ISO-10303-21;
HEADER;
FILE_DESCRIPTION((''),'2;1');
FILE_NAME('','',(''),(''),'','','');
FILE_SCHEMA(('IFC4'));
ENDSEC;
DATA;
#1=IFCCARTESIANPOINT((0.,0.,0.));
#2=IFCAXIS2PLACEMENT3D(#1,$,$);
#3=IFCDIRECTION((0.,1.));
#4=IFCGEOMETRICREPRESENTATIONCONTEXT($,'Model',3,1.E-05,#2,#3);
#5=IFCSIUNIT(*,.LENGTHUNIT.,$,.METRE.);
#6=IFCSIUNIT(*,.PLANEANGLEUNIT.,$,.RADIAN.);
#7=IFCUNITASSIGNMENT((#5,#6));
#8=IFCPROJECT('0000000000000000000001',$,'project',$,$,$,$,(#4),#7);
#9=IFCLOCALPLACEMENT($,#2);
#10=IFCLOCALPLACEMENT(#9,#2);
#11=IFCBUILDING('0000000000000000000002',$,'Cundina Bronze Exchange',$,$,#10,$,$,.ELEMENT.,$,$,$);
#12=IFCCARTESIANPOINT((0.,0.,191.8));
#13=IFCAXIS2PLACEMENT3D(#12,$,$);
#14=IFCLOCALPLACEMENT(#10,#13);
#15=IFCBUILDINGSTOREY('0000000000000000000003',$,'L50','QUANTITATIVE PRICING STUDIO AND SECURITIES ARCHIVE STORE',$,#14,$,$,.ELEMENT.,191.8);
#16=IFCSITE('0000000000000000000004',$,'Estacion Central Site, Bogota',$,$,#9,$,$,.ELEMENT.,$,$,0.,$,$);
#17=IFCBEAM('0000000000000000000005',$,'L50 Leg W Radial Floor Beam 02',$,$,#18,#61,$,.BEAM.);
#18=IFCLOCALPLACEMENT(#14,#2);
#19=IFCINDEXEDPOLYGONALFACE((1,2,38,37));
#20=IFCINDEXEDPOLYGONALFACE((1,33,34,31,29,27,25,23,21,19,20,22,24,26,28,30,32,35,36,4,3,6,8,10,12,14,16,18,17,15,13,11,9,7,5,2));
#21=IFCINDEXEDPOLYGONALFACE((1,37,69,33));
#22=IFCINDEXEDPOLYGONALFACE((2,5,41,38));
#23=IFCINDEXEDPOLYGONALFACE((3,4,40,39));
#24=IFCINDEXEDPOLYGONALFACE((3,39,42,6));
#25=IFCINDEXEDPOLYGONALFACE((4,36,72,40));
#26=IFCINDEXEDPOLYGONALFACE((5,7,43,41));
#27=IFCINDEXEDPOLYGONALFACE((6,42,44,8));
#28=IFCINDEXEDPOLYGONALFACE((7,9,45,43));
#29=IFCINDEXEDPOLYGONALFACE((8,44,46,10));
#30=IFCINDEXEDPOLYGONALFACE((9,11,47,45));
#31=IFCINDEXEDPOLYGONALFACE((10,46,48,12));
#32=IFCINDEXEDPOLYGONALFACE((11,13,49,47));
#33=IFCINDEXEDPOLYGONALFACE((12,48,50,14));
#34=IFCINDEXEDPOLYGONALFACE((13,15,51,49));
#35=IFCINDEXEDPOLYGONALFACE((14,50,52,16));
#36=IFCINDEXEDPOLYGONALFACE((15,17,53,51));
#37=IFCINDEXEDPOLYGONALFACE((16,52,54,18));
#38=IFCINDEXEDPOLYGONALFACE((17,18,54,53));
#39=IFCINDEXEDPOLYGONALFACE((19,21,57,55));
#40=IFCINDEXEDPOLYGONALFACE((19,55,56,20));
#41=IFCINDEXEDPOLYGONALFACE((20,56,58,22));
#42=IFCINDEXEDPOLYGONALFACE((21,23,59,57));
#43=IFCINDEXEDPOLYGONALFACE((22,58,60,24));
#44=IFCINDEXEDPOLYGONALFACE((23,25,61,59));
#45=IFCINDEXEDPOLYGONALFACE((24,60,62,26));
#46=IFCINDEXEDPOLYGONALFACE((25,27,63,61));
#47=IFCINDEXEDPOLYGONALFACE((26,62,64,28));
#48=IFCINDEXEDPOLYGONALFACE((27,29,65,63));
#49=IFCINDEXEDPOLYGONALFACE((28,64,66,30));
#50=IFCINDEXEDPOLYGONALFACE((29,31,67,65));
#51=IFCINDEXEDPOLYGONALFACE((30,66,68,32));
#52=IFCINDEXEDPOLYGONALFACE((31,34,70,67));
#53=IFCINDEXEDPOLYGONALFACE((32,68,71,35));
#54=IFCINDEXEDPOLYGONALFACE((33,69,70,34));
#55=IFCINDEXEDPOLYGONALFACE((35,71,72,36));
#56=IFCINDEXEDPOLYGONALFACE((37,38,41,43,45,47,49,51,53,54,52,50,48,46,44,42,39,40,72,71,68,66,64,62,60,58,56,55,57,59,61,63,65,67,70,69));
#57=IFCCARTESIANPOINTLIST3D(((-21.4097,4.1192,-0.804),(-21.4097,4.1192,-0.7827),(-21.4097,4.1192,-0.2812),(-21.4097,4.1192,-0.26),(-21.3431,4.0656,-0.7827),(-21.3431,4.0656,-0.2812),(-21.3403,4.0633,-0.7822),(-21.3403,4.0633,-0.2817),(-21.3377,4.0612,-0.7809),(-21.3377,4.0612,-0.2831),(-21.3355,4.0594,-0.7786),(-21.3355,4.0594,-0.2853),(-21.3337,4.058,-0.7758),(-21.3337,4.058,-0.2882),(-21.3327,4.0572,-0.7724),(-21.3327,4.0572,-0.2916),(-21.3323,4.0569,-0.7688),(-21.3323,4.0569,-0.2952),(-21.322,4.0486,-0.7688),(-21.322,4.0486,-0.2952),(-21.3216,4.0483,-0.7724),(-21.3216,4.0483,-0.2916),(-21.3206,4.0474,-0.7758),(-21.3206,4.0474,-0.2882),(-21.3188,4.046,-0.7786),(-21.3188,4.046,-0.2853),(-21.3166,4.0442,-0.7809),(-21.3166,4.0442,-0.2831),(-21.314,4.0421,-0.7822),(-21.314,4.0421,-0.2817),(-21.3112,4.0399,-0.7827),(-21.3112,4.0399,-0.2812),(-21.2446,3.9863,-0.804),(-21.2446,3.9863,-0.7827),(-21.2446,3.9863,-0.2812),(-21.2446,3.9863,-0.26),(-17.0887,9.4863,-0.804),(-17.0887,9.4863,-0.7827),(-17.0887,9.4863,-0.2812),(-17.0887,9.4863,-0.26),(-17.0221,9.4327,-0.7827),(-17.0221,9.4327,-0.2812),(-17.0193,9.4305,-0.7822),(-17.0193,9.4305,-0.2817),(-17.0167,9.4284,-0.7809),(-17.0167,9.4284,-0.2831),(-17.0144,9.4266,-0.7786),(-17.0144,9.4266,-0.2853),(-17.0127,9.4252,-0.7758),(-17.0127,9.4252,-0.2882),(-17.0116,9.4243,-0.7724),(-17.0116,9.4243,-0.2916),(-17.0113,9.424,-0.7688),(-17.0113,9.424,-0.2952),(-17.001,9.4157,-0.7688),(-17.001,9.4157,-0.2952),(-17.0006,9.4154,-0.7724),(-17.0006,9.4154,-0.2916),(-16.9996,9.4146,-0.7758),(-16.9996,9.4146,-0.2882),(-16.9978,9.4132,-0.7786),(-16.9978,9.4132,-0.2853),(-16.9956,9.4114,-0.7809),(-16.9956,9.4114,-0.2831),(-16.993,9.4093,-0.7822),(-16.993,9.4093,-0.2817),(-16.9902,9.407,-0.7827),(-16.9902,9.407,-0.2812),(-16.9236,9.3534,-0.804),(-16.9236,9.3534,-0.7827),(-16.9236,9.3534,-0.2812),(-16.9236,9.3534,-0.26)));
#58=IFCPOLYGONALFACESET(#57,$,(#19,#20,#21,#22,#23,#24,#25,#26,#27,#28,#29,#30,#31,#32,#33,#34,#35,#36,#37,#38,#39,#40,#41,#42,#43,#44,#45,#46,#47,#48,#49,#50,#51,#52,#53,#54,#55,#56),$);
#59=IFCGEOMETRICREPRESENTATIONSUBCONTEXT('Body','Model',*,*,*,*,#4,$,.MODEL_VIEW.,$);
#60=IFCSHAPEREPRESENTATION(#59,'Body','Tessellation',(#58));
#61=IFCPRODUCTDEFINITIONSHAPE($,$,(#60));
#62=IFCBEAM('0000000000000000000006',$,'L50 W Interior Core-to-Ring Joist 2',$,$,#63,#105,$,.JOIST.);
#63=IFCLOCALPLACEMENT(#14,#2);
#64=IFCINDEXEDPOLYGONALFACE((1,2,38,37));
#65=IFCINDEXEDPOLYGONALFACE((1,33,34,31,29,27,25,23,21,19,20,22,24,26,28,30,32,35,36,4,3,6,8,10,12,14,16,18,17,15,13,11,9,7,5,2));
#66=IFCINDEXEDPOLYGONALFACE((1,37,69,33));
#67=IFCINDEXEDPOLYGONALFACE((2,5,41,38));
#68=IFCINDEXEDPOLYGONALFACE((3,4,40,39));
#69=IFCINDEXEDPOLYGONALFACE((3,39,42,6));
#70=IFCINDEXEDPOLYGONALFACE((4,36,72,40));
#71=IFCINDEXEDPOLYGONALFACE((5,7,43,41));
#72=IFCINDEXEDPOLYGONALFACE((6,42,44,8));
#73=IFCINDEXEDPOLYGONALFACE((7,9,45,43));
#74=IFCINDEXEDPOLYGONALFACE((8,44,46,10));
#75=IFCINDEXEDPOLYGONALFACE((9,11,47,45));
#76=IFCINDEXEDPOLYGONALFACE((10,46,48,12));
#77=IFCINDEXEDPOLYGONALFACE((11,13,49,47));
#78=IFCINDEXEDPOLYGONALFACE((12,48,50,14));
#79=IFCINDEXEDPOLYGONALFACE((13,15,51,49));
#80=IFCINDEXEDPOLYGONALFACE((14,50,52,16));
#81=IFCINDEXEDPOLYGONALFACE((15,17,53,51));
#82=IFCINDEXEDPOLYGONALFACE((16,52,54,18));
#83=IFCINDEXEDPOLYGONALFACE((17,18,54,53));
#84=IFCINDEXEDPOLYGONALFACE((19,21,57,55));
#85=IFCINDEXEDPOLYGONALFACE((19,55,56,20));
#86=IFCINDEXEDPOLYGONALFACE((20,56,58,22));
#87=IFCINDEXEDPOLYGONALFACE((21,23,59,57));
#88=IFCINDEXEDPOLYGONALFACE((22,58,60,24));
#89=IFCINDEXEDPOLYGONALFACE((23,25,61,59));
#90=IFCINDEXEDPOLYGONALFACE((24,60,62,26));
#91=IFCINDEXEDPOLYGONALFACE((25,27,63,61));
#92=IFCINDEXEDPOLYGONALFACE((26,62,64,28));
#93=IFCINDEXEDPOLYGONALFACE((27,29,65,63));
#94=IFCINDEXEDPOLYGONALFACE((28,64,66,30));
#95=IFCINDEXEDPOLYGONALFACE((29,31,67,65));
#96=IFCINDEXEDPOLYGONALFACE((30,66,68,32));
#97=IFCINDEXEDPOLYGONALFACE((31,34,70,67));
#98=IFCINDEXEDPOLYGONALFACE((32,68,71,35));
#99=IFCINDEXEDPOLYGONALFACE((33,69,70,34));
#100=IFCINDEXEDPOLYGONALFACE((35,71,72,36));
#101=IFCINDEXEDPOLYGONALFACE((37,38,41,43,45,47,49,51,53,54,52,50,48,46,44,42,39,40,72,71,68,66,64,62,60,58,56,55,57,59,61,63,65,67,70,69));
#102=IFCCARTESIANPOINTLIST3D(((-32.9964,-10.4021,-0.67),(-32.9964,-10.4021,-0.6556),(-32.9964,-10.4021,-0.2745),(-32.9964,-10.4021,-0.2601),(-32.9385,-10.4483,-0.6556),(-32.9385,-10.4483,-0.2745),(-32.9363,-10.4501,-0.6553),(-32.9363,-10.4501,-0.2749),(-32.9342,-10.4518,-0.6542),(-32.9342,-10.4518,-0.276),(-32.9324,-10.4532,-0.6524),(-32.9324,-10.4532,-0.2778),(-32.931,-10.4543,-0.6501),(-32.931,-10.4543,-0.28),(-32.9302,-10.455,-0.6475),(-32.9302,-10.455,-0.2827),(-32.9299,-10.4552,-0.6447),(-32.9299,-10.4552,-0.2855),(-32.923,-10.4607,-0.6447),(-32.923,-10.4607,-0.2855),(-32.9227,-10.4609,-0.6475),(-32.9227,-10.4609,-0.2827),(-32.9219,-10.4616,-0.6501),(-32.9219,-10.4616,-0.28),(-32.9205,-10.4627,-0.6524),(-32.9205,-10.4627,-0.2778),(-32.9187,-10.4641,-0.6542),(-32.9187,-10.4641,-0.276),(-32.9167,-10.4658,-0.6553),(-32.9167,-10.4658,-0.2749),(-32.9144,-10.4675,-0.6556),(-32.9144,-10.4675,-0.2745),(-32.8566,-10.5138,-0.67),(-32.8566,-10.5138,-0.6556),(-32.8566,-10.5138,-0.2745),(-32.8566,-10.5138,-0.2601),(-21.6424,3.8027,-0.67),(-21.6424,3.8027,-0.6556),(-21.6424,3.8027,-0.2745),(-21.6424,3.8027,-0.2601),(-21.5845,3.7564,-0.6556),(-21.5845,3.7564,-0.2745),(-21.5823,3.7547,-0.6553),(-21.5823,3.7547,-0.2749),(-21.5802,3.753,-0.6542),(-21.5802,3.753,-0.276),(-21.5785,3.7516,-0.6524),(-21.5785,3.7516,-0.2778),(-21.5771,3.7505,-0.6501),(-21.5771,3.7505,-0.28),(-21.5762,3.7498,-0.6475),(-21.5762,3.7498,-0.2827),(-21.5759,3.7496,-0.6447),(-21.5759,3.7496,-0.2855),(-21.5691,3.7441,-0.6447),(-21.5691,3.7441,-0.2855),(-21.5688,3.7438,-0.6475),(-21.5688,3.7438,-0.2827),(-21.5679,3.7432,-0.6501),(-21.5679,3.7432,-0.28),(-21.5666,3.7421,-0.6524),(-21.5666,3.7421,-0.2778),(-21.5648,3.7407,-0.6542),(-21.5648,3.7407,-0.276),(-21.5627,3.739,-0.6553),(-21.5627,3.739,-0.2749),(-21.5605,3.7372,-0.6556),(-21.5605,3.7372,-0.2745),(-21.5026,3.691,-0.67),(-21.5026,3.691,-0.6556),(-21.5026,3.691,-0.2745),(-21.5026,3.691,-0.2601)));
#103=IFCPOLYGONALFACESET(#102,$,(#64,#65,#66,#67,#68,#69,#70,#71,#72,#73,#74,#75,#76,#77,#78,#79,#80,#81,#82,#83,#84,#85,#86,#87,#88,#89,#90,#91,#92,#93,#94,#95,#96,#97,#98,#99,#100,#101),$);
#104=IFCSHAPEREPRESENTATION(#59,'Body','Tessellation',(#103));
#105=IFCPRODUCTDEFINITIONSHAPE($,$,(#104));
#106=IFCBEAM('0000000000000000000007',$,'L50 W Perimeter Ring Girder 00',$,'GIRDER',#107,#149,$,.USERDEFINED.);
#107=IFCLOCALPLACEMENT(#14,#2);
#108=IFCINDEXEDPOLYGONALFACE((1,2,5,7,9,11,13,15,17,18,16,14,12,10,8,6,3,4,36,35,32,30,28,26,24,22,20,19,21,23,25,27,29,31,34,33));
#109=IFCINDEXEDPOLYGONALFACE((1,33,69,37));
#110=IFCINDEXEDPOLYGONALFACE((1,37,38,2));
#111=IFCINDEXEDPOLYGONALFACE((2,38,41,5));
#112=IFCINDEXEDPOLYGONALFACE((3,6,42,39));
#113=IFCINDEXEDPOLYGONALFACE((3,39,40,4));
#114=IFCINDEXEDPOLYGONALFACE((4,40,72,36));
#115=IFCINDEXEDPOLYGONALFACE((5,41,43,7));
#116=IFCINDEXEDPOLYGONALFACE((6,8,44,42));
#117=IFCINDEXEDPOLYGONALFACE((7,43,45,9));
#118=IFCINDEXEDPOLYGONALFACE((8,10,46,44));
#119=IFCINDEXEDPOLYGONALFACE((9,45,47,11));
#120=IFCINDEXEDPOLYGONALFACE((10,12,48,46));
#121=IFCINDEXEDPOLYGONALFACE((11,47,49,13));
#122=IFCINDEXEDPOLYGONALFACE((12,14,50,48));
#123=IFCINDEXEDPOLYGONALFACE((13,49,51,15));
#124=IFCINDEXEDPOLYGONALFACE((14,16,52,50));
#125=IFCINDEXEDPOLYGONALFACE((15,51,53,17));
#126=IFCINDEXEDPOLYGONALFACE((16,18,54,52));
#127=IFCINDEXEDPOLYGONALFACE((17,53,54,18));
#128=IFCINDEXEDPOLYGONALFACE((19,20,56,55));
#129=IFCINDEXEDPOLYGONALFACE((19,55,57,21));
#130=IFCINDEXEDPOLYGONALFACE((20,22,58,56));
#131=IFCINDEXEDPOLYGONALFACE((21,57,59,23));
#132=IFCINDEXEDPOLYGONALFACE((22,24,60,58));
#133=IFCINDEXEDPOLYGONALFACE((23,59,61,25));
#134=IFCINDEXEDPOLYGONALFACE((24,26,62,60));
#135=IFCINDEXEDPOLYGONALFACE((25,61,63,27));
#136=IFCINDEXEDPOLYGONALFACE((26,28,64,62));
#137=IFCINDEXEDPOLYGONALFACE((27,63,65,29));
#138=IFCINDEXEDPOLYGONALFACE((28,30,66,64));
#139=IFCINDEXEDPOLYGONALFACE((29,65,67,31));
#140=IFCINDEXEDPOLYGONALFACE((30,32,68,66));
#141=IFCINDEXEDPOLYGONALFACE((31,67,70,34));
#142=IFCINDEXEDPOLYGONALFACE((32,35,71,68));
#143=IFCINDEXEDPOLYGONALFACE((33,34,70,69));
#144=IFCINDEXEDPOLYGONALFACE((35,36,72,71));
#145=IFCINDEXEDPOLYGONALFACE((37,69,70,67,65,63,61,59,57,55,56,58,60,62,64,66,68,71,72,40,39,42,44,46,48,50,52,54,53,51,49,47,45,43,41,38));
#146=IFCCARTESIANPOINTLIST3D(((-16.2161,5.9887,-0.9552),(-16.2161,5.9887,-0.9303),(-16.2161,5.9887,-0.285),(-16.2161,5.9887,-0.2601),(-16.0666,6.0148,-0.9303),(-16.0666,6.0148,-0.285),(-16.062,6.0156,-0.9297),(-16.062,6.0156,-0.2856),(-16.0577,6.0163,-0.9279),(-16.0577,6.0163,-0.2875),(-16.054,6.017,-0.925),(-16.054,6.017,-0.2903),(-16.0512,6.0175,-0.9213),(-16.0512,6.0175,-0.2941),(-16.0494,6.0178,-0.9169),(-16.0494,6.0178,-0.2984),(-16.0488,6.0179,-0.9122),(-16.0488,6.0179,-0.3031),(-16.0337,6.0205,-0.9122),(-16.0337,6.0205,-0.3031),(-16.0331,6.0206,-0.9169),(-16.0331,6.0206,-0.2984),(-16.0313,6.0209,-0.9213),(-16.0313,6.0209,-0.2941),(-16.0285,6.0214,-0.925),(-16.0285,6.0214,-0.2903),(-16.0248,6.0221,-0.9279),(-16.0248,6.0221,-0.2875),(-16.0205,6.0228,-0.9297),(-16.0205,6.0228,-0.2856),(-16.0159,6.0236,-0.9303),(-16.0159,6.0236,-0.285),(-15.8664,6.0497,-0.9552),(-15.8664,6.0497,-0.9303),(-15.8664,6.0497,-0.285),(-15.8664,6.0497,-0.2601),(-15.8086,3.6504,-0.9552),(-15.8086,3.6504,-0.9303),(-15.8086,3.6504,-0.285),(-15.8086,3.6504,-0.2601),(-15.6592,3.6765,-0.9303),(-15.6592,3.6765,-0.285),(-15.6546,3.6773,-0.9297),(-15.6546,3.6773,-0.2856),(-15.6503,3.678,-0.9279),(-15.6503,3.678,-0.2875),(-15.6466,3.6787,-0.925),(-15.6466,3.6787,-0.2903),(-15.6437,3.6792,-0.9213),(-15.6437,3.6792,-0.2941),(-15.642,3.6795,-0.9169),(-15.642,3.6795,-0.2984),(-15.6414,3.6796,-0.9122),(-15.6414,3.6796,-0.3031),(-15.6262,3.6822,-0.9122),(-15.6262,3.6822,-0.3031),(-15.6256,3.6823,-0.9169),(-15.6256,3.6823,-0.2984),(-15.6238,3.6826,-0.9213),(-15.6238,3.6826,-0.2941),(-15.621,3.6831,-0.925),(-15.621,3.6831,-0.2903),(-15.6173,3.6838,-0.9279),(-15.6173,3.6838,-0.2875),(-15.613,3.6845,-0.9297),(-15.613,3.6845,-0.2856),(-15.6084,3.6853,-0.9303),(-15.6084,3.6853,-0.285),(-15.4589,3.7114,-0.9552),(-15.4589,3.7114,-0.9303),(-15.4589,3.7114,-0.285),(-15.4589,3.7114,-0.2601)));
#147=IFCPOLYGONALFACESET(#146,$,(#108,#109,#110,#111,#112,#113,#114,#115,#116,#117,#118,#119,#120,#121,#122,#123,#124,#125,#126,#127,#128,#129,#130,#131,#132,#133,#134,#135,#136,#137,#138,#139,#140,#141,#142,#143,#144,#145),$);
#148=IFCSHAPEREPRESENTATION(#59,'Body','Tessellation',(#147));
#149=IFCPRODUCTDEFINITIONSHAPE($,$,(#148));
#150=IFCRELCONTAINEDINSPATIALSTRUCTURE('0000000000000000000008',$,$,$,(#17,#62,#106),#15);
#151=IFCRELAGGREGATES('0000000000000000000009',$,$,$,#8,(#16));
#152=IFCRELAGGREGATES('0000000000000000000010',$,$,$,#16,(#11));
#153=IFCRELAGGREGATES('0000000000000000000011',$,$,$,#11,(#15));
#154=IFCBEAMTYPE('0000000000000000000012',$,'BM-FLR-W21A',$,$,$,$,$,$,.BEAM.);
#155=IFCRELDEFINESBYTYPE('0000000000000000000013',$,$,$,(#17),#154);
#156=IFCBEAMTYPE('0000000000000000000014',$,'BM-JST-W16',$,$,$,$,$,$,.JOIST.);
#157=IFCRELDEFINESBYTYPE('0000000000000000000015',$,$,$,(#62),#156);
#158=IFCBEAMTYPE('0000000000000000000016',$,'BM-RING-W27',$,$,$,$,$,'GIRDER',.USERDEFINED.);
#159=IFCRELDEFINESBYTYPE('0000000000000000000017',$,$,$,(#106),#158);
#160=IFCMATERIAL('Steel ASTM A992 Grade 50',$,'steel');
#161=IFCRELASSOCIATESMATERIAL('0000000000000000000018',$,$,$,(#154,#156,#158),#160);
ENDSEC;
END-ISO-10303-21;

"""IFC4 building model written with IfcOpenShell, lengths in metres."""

from ifc_helpers import new_model, si_unit, direction, frame, origin, origin_2d, place, context, subcontext, project, spatial, i_section, extrude, material, material_profile, profile_set, type_object, element, save


model = new_model("IFC4")

# Units and contexts
model_context = context("Model", 3, precision=1e-05, world=origin(), true_north=direction((0.0, 1.0)))
body_context = subcontext(model_context, "Body", "Model", "MODEL_VIEW")
ifc_project = project(units=[si_unit("LENGTHUNIT", "METRE"), si_unit("PLANEANGLEUNIT", "RADIAN")], contexts=[model_context])

# Site, building, storey
site_placement = place(None, origin())
site = spatial("IfcSite", under=ifc_project, at=site_placement, Name="Estacion Central Site, Bogota", CompositionType="ELEMENT", RefElevation=0.0)
building_placement = place(site_placement, origin())
building = spatial("IfcBuilding", under=site, at=building_placement, Name="Cundina Bronze Exchange", CompositionType="ELEMENT")
storey_placement = place(building_placement, frame((0.0, 0.0, 191.8)))
storey = spatial("IfcBuildingStorey", under=building, at=storey_placement, Name="L50", Description="QUANTITATIVE PRICING STUDIO AND SECURITIES ARCHIVE STORE", CompositionType="ELEMENT", Elevation=191.8)

# Shared definitions
ifc_material_1 = material(Name="Steel ASTM A992 Grade 50", Category="steel")

# Beams
ifc_material_profile_1 = material_profile(ifc_material_1, i_section(OverallWidth=0.2119, OverallDepth=0.5439, WebThickness=0.0132, FlangeThickness=0.0212, FilletRadius=0.0139, at=origin_2d()), Name="W21X83", Category="steel")
ifc_profile_set_1 = profile_set([ifc_material_profile_1], Name="Steel ASTM A992 Grade 50")
beam_type_1 = type_object("IfcBeamType", Name="BM-FLR-W21A", PredefinedType="BEAM", material=ifc_profile_set_1)
beam_1_placement = place(storey_placement, frame((-21.3271, 4.0527, -0.532), z_axis=(0.627107, 0.778933, 0.0), x_axis=(-0.778933, 0.627107, 0.0)))
element("IfcBeam", 1, at=beam_1_placement, inside=storey, type_object=beam_type_1, Name="L50 Leg W Radial Floor Beam 02", PredefinedType="BEAM", context=body_context, shape_type="SweptSolid", body=[
    extrude(i_section(OverallWidth=0.2119, OverallDepth=0.5439, WebThickness=0.0132, FlangeThickness=0.0212, FilletRadius=0.0139, at=origin_2d()), origin(), (0.0, 0.0, 1.0), 6.8904),
])
ifc_material_profile_2 = material_profile(ifc_material_1, i_section(OverallWidth=0.179, OverallDepth=0.4099, WebThickness=0.0088, FlangeThickness=0.0144, FilletRadius=0.011, at=origin_2d()), Name="W16X45", Category="steel")
ifc_profile_set_2 = profile_set([ifc_material_profile_2], Name="Steel ASTM A992 Grade 50")
beam_type_2 = type_object("IfcBeamType", Name="BM-JST-W16", PredefinedType="JOIST", material=ifc_profile_set_2)
beam_2_placement = place(storey_placement, frame((-21.5725, 3.7468, -0.4651), z_axis=(-0.624364, -0.781133, 0.0), x_axis=(0.781133, -0.624364, 0.0)))
element("IfcBeam", 2, at=beam_2_placement, inside=storey, type_object=beam_type_2, Name="L50 W Interior Core-to-Ring Joist 2", PredefinedType="JOIST", context=body_context, shape_type="SweptSolid", body=[
    extrude(i_section(OverallWidth=0.179, OverallDepth=0.4099, WebThickness=0.0088, FlangeThickness=0.0144, FilletRadius=0.011, at=origin_2d()), origin(), (0.0, 0.0, 1.0), 18.1848),
])
ifc_material_profile_3 = material_profile(ifc_material_1, i_section(OverallWidth=0.355, OverallDepth=0.6951, WebThickness=0.0154, FlangeThickness=0.0249, FilletRadius=0.0181, at=origin_2d()), Name="W27X146", Category="steel")
ifc_profile_set_3 = profile_set([ifc_material_profile_3], Name="Steel ASTM A992 Grade 50")
beam_type_3 = type_object("IfcBeamType", Name="BM-RING-W27", ElementType="GIRDER", PredefinedType="USERDEFINED", material=ifc_profile_set_3)
beam_3_placement = place(storey_placement, frame((-15.6338, 3.6809, -0.6077), z_axis=(-0.171667, 0.985155, 0.0), x_axis=(-0.985155, -0.171667, 0.0)))
element("IfcBeam", 3, at=beam_3_placement, inside=storey, type_object=beam_type_3, Name="L50 W Perimeter Ring Girder 00", ObjectType="GIRDER", PredefinedType="USERDEFINED", context=body_context, shape_type="SweptSolid", body=[
    extrude(i_section(OverallWidth=0.355, OverallDepth=0.6951, WebThickness=0.0154, FlangeThickness=0.0249, FilletRadius=0.0181, at=origin_2d()), origin(), (0.0, 0.0, 1.0), 2.3735),
])

save(model, "model.ifc")
